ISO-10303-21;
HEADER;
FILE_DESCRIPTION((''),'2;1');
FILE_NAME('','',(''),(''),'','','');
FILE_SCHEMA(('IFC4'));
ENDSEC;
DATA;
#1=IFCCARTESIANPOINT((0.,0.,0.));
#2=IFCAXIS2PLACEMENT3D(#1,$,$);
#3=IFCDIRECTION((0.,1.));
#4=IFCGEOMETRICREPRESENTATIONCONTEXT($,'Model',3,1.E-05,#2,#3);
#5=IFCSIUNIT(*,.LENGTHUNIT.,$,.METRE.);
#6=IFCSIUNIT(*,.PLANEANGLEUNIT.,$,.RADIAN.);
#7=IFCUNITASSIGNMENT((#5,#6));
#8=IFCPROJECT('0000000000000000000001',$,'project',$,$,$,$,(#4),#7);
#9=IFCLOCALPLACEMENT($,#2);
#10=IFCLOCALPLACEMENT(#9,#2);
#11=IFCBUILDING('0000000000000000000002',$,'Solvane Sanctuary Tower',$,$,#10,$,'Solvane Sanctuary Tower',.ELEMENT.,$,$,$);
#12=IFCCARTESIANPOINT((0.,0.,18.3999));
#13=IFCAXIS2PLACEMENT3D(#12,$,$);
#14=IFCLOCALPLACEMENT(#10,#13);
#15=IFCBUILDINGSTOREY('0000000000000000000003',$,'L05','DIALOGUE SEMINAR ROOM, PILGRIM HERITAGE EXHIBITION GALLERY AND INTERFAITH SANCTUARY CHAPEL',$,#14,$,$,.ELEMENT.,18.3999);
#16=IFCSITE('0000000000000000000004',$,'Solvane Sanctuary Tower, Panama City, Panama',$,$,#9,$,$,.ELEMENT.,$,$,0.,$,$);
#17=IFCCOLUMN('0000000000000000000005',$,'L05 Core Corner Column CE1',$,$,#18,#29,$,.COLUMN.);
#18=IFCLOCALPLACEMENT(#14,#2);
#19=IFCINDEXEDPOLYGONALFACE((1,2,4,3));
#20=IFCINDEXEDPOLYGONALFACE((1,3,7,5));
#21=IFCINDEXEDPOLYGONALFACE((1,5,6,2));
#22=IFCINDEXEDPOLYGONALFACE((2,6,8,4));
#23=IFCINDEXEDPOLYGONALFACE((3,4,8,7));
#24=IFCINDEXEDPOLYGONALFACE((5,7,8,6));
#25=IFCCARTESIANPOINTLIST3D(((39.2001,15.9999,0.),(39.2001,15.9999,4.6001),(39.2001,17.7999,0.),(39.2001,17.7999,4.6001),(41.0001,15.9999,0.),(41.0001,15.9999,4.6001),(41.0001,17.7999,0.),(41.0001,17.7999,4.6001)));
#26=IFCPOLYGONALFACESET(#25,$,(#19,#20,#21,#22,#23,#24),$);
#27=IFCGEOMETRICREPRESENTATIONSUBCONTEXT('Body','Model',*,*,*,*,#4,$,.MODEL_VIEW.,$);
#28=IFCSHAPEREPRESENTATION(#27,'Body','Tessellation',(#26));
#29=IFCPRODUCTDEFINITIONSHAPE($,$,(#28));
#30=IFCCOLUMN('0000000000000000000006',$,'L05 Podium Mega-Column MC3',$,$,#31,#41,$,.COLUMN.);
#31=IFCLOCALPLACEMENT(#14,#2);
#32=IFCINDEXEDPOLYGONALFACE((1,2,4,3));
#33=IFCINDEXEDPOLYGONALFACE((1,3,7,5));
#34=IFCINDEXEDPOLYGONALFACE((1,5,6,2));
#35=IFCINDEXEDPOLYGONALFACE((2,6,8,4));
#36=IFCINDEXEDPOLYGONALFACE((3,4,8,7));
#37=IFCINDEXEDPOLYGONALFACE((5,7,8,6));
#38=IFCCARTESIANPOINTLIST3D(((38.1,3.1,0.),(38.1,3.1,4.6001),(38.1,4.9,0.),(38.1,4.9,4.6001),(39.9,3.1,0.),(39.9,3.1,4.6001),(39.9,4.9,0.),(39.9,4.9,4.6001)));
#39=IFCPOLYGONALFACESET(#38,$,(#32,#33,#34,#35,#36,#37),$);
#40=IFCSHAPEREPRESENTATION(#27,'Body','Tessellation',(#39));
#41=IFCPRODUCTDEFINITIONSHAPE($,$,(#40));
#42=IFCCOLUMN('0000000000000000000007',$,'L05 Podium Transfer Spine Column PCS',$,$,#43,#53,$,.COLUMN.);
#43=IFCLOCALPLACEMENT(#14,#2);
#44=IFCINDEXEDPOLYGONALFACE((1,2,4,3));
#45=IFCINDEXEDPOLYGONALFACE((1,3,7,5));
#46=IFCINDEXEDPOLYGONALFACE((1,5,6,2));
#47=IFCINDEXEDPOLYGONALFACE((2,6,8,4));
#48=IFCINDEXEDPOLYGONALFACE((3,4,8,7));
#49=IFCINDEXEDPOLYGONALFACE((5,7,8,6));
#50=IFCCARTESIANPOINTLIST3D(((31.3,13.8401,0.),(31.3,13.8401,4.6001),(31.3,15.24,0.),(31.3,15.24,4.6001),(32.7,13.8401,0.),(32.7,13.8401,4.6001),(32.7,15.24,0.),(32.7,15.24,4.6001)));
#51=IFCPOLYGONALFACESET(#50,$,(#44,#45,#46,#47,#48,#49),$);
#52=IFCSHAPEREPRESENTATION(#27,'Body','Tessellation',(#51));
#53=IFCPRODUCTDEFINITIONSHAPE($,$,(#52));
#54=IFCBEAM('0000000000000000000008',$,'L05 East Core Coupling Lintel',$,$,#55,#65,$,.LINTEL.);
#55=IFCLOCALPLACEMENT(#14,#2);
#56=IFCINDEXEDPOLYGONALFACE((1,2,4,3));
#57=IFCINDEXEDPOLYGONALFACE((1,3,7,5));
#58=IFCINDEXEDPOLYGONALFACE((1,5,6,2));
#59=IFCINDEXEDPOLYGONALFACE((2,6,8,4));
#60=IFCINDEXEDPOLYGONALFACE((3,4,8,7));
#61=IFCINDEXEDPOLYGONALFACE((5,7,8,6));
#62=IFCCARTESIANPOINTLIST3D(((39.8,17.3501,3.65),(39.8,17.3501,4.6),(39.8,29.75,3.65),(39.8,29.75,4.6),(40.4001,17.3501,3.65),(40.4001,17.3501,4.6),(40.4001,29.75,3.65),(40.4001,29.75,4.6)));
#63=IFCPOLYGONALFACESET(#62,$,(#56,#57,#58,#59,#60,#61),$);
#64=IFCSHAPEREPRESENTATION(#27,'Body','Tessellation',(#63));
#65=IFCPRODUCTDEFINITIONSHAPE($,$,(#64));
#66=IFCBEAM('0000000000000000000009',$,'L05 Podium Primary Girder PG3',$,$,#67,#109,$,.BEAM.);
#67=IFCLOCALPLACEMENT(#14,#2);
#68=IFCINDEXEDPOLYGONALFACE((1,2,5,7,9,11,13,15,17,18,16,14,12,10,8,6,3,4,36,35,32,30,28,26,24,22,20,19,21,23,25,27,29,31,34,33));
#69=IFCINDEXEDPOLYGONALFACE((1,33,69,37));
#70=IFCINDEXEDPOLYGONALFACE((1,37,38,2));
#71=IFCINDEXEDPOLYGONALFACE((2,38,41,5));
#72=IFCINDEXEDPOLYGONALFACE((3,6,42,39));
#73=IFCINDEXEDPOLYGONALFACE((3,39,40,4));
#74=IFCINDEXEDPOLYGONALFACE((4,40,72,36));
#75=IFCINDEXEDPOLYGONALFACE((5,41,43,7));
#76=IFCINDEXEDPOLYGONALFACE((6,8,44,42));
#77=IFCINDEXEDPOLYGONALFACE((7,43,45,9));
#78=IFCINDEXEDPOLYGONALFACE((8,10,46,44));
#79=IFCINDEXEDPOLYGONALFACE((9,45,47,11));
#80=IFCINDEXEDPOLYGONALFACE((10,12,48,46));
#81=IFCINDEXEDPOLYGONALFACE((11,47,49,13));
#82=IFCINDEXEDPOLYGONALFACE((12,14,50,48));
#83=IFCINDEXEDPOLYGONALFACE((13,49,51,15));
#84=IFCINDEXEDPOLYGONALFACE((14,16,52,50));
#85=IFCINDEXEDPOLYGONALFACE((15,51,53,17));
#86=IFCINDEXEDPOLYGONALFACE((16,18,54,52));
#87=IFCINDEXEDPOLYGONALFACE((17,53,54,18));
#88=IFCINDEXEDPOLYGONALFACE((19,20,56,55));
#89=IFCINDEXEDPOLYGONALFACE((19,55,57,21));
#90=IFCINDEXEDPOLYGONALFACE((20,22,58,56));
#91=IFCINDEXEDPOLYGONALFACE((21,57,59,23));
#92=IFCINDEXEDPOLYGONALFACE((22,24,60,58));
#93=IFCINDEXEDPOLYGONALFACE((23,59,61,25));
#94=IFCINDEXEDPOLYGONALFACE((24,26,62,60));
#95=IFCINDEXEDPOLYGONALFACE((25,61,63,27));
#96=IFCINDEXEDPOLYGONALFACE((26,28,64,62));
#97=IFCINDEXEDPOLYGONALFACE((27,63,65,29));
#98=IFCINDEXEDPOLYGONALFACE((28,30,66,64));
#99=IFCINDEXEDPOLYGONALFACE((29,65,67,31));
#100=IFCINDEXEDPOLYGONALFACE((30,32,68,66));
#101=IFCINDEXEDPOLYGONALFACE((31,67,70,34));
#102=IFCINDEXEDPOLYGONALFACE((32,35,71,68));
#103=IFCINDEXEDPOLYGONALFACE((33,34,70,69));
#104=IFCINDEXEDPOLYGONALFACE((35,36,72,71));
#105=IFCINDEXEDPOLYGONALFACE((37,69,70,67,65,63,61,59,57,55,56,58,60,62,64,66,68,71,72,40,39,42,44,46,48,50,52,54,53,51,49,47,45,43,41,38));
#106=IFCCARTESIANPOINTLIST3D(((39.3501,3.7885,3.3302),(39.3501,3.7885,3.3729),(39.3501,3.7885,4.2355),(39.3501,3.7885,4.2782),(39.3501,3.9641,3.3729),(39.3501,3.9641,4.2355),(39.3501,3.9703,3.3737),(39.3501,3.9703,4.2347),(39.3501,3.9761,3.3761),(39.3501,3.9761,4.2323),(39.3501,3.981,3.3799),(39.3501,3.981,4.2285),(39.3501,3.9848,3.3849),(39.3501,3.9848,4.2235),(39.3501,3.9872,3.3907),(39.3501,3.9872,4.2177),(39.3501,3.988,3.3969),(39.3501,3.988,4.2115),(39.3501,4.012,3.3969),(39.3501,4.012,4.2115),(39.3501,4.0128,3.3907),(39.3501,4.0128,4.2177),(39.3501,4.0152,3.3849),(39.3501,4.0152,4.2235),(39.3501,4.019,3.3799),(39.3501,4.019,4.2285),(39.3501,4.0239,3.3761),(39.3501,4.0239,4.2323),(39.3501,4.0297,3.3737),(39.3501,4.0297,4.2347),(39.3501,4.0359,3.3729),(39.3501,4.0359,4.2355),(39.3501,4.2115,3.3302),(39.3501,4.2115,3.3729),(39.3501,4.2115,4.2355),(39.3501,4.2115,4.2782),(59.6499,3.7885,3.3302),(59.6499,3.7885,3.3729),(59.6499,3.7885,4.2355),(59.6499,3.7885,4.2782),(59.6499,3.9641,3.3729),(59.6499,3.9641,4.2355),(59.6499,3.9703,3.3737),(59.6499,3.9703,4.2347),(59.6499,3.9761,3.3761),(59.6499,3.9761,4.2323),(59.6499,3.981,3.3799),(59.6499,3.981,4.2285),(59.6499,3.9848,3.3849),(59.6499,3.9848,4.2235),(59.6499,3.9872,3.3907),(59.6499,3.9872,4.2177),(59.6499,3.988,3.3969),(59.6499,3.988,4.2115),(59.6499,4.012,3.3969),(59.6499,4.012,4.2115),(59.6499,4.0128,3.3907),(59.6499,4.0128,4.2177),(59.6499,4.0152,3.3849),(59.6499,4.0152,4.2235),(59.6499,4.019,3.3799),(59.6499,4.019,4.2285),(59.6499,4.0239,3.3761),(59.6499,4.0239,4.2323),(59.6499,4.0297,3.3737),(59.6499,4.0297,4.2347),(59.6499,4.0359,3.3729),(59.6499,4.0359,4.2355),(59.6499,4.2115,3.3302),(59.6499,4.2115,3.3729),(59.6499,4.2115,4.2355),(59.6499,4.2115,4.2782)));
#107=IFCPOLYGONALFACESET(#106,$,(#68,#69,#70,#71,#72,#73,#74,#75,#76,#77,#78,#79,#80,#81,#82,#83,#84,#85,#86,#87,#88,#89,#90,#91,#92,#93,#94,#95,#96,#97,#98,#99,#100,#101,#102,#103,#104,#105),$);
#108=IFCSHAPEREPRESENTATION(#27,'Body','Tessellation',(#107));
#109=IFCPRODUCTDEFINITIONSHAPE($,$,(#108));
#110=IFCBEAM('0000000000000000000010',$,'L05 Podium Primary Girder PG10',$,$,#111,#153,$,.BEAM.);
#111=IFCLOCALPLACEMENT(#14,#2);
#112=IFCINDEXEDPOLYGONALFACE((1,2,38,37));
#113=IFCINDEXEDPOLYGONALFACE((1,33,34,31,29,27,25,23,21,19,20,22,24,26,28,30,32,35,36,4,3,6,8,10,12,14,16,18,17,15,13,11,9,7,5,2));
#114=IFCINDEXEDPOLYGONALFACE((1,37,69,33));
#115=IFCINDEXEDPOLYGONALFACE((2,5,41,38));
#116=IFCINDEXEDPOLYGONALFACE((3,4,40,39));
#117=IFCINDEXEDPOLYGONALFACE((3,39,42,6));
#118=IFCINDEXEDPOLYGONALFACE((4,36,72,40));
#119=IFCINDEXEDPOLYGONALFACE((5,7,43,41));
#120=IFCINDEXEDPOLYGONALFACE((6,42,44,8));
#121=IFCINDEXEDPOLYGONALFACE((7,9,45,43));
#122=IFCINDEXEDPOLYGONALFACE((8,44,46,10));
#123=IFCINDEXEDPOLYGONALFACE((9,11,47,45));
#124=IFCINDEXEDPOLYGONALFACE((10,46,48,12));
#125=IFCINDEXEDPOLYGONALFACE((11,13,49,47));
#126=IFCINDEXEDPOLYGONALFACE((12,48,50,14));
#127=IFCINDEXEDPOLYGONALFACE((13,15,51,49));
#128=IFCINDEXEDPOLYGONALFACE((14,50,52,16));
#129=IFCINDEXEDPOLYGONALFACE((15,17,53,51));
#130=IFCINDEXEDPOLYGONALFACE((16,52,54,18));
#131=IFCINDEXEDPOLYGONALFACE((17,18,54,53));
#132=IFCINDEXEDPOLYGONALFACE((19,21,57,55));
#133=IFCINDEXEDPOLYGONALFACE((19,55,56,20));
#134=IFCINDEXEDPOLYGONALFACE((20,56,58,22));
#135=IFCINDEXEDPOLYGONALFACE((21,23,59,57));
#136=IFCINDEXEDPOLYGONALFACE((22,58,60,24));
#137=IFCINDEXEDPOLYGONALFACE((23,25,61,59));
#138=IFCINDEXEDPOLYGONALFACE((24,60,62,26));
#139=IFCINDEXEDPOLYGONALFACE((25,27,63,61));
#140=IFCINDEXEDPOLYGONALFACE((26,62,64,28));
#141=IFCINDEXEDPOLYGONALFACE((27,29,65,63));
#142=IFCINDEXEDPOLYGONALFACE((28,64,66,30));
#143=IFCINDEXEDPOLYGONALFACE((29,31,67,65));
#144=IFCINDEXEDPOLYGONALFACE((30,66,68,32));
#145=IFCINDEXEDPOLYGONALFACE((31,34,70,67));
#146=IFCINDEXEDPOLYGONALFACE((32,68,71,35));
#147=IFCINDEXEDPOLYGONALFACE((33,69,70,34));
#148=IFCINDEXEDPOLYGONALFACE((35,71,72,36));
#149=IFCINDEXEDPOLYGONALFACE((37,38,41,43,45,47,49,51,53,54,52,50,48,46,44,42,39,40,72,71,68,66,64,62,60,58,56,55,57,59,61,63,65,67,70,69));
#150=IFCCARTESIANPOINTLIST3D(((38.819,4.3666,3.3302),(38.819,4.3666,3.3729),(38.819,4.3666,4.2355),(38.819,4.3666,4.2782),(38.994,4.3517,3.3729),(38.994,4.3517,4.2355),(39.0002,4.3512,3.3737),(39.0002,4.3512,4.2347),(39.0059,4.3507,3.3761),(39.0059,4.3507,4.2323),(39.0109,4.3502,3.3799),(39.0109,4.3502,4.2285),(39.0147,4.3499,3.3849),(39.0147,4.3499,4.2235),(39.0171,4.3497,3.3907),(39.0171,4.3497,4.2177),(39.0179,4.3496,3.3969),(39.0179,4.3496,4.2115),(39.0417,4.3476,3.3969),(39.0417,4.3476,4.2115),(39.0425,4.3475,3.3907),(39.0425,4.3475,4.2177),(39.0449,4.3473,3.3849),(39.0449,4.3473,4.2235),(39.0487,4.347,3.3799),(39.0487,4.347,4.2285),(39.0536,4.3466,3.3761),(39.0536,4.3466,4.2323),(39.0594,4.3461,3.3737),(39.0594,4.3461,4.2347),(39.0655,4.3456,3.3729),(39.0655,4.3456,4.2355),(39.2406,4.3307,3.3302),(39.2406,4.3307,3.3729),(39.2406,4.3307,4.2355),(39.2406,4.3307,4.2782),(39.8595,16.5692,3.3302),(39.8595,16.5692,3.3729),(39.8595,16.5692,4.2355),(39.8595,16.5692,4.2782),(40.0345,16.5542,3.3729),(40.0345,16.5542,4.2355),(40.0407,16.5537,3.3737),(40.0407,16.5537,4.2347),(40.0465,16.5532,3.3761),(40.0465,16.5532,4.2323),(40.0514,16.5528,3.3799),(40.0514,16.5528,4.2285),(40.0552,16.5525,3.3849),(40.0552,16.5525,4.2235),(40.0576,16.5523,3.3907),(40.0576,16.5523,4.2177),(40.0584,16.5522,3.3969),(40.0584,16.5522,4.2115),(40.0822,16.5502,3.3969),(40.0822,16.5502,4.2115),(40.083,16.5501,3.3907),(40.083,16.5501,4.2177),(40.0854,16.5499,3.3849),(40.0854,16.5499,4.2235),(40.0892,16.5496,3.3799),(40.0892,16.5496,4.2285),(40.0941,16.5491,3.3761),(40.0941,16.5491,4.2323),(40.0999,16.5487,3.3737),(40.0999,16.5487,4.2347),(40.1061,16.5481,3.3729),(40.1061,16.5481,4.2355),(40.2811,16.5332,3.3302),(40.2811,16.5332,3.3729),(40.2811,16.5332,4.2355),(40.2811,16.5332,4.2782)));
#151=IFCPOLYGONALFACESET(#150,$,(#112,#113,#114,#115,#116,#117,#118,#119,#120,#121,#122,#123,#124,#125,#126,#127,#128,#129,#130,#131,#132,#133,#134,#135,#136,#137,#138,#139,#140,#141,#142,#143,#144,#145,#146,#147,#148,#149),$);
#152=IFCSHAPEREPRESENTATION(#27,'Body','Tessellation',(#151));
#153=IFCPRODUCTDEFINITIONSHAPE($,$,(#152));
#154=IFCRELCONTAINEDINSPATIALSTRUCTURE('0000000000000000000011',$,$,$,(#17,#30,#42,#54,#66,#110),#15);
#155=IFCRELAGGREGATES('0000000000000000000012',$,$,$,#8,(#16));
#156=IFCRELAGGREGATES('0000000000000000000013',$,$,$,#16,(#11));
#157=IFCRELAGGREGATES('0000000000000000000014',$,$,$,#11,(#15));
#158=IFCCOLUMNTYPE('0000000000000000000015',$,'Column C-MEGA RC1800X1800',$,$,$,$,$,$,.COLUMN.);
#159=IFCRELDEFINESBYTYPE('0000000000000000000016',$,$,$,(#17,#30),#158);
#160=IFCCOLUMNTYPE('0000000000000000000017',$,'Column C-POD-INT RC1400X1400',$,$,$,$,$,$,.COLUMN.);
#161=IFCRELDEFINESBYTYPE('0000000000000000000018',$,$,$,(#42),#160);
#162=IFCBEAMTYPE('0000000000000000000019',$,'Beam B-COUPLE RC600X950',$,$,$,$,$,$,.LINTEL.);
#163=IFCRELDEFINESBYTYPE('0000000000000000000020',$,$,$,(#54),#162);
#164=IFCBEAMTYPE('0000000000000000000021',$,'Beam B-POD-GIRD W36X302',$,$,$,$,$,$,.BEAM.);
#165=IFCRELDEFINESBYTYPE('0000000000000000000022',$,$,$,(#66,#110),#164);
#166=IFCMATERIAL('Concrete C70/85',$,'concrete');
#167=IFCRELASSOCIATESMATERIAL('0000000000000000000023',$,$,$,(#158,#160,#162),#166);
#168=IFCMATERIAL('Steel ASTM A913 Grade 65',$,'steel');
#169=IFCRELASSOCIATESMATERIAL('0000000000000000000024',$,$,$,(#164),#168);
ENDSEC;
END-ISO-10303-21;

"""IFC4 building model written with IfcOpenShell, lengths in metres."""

from ifc_helpers import new_model, si_unit, direction, frame, origin, origin_2d, place, context, subcontext, project, spatial, rectangle, i_section, extrude, material, material_profile, profile_set, type_object, element, save


model = new_model("IFC4")

# Units and contexts
model_context = context("Model", 3, precision=1e-05, world=origin(), true_north=direction((0.0, 1.0)))
body_context = subcontext(model_context, "Body", "Model", "MODEL_VIEW")
ifc_project = project(units=[si_unit("LENGTHUNIT", "METRE"), si_unit("PLANEANGLEUNIT", "RADIAN")], contexts=[model_context])

# Site, building, storey
site_placement = place(None, origin())
site = spatial("IfcSite", under=ifc_project, at=site_placement, Name="Solvane Sanctuary Tower, Panama City, Panama", CompositionType="ELEMENT", RefElevation=0.0)
building_placement = place(site_placement, origin())
building = spatial("IfcBuilding", under=site, at=building_placement, Name="Solvane Sanctuary Tower", LongName="Solvane Sanctuary Tower", CompositionType="ELEMENT")
storey_placement = place(building_placement, frame((0.0, 0.0, 18.3999)))
storey = spatial("IfcBuildingStorey", under=building, at=storey_placement, Name="L05", Description="DIALOGUE SEMINAR ROOM, PILGRIM HERITAGE EXHIBITION GALLERY AND INTERFAITH SANCTUARY CHAPEL", CompositionType="ELEMENT", Elevation=18.3999)

# Columns
ifc_material_1 = material(Name="Concrete C70/85", Category="concrete")
ifc_material_profile_1 = material_profile(ifc_material_1, rectangle(XDim=1.8, YDim=1.8, at=origin_2d()), Name="RC1800X1800")
ifc_profile_set_1 = profile_set([ifc_material_profile_1], Name="Concrete C70/85")
column_type_1 = type_object("IfcColumnType", Name="Column C-MEGA RC1800X1800", PredefinedType="COLUMN", material=ifc_profile_set_1)
for number, where, z_axis, x_axis, name in (
    (1, (40.1001, 16.8999, 0.0), (0.0, 0.0, 1.0), (1.0, 0.0, 0.0), "L05 Core Corner Column CE1"),
    (2, (39.0, 4.0, 0.0), (0.0, 0.0, 1.0), (1.0, 0.0, 0.0), "L05 Podium Mega-Column MC3"),
):
    element("IfcColumn", number, at=place(storey_placement, frame(where, z_axis=z_axis, x_axis=x_axis)), inside=storey, type_object=column_type_1, Name=name, PredefinedType="COLUMN", context=body_context, shape_type="SweptSolid", body=[
        extrude(rectangle(XDim=1.8, YDim=1.8, at=origin_2d()), origin(), (0.0, 0.0, 1.0), 4.6001),
    ])
ifc_material_profile_2 = material_profile(ifc_material_1, rectangle(XDim=1.3999, YDim=1.3999, at=origin_2d()), Name="RC1400X1400")
ifc_profile_set_2 = profile_set([ifc_material_profile_2], Name="Concrete C70/85")
column_type_2 = type_object("IfcColumnType", Name="Column C-POD-INT RC1400X1400", PredefinedType="COLUMN", material=ifc_profile_set_2)
column_placement = place(storey_placement, frame((32.0, 14.54, 0.0), z_axis=(0.0, 0.0, 1.0), x_axis=(1.0, 0.0, 0.0)))
element("IfcColumn", 3, at=column_placement, inside=storey, type_object=column_type_2, Name="L05 Podium Transfer Spine Column PCS", PredefinedType="COLUMN", context=body_context, shape_type="SweptSolid", body=[
    extrude(rectangle(XDim=1.3999, YDim=1.3999, at=origin_2d()), origin(), (0.0, 0.0, 1.0), 4.6001),
])

# Beams
ifc_material_profile_3 = material_profile(ifc_material_1, rectangle(XDim=0.6001, YDim=0.95, at=origin_2d()), Name="RC600X950")
ifc_profile_set_3 = profile_set([ifc_material_profile_3], Name="Concrete C70/85")
beam_type_1 = type_object("IfcBeamType", Name="Beam B-COUPLE RC600X950", PredefinedType="LINTEL", material=ifc_profile_set_3)
beam_1_placement = place(storey_placement, frame((40.1001, 17.3501, 4.125), z_axis=(0.0, 1.0, 0.0), x_axis=(-1.0, 0.0, 0.0)))
element("IfcBeam", 4, at=beam_1_placement, inside=storey, type_object=beam_type_1, Name="L05 East Core Coupling Lintel", PredefinedType="LINTEL", context=body_context, shape_type="SweptSolid", body=[
    extrude(rectangle(XDim=0.6001, YDim=0.95, at=origin_2d()), origin(), (0.0, 0.0, 1.0), 12.3999),
])
ifc_material_2 = material(Name="Steel ASTM A913 Grade 65", Category="steel")
ifc_material_profile_4 = material_profile(ifc_material_2, i_section(OverallWidth=0.4231, OverallDepth=0.948, WebThickness=0.0239, FlangeThickness=0.0427, FilletRadius=0.0239, at=origin_2d()), Name="W36X302")
ifc_profile_set_4 = profile_set([ifc_material_profile_4], Name="Steel ASTM A913 Grade 65")
beam_type_2 = type_object("IfcBeamType", Name="Beam B-POD-GIRD W36X302", PredefinedType="BEAM", material=ifc_profile_set_4)
beam_2_placement = place(storey_placement, frame((39.3501, 4.0, 3.8042), z_axis=(1.0, 0.0, 0.0), x_axis=(0.0, 1.0, 0.0)))
element("IfcBeam", 5, at=beam_2_placement, inside=storey, type_object=beam_type_2, Name="L05 Podium Primary Girder PG3", PredefinedType="BEAM", context=body_context, shape_type="SweptSolid", body=[
    extrude(i_section(OverallWidth=0.4231, OverallDepth=0.948, WebThickness=0.0239, FlangeThickness=0.0427, FilletRadius=0.0239, at=origin_2d()), origin(), (0.0, 0.0, 1.0), 20.2998),
])
beam_3_placement = place(storey_placement, frame((39.0298, 4.3486, 3.8042), z_axis=(0.084962, 0.996384, 0.0), x_axis=(-0.996384, 0.084962, 0.0)))
element("IfcBeam", 6, at=beam_3_placement, inside=storey, type_object=beam_type_2, Name="L05 Podium Primary Girder PG10", PredefinedType="BEAM", context=body_context, shape_type="SweptSolid", body=[
    extrude(i_section(OverallWidth=0.4231, OverallDepth=0.948, WebThickness=0.0239, FlangeThickness=0.0427, FilletRadius=0.0239, at=origin_2d()), origin(), (0.0, 0.0, 1.0), 12.2468),
])

save(model, "model.ifc")
